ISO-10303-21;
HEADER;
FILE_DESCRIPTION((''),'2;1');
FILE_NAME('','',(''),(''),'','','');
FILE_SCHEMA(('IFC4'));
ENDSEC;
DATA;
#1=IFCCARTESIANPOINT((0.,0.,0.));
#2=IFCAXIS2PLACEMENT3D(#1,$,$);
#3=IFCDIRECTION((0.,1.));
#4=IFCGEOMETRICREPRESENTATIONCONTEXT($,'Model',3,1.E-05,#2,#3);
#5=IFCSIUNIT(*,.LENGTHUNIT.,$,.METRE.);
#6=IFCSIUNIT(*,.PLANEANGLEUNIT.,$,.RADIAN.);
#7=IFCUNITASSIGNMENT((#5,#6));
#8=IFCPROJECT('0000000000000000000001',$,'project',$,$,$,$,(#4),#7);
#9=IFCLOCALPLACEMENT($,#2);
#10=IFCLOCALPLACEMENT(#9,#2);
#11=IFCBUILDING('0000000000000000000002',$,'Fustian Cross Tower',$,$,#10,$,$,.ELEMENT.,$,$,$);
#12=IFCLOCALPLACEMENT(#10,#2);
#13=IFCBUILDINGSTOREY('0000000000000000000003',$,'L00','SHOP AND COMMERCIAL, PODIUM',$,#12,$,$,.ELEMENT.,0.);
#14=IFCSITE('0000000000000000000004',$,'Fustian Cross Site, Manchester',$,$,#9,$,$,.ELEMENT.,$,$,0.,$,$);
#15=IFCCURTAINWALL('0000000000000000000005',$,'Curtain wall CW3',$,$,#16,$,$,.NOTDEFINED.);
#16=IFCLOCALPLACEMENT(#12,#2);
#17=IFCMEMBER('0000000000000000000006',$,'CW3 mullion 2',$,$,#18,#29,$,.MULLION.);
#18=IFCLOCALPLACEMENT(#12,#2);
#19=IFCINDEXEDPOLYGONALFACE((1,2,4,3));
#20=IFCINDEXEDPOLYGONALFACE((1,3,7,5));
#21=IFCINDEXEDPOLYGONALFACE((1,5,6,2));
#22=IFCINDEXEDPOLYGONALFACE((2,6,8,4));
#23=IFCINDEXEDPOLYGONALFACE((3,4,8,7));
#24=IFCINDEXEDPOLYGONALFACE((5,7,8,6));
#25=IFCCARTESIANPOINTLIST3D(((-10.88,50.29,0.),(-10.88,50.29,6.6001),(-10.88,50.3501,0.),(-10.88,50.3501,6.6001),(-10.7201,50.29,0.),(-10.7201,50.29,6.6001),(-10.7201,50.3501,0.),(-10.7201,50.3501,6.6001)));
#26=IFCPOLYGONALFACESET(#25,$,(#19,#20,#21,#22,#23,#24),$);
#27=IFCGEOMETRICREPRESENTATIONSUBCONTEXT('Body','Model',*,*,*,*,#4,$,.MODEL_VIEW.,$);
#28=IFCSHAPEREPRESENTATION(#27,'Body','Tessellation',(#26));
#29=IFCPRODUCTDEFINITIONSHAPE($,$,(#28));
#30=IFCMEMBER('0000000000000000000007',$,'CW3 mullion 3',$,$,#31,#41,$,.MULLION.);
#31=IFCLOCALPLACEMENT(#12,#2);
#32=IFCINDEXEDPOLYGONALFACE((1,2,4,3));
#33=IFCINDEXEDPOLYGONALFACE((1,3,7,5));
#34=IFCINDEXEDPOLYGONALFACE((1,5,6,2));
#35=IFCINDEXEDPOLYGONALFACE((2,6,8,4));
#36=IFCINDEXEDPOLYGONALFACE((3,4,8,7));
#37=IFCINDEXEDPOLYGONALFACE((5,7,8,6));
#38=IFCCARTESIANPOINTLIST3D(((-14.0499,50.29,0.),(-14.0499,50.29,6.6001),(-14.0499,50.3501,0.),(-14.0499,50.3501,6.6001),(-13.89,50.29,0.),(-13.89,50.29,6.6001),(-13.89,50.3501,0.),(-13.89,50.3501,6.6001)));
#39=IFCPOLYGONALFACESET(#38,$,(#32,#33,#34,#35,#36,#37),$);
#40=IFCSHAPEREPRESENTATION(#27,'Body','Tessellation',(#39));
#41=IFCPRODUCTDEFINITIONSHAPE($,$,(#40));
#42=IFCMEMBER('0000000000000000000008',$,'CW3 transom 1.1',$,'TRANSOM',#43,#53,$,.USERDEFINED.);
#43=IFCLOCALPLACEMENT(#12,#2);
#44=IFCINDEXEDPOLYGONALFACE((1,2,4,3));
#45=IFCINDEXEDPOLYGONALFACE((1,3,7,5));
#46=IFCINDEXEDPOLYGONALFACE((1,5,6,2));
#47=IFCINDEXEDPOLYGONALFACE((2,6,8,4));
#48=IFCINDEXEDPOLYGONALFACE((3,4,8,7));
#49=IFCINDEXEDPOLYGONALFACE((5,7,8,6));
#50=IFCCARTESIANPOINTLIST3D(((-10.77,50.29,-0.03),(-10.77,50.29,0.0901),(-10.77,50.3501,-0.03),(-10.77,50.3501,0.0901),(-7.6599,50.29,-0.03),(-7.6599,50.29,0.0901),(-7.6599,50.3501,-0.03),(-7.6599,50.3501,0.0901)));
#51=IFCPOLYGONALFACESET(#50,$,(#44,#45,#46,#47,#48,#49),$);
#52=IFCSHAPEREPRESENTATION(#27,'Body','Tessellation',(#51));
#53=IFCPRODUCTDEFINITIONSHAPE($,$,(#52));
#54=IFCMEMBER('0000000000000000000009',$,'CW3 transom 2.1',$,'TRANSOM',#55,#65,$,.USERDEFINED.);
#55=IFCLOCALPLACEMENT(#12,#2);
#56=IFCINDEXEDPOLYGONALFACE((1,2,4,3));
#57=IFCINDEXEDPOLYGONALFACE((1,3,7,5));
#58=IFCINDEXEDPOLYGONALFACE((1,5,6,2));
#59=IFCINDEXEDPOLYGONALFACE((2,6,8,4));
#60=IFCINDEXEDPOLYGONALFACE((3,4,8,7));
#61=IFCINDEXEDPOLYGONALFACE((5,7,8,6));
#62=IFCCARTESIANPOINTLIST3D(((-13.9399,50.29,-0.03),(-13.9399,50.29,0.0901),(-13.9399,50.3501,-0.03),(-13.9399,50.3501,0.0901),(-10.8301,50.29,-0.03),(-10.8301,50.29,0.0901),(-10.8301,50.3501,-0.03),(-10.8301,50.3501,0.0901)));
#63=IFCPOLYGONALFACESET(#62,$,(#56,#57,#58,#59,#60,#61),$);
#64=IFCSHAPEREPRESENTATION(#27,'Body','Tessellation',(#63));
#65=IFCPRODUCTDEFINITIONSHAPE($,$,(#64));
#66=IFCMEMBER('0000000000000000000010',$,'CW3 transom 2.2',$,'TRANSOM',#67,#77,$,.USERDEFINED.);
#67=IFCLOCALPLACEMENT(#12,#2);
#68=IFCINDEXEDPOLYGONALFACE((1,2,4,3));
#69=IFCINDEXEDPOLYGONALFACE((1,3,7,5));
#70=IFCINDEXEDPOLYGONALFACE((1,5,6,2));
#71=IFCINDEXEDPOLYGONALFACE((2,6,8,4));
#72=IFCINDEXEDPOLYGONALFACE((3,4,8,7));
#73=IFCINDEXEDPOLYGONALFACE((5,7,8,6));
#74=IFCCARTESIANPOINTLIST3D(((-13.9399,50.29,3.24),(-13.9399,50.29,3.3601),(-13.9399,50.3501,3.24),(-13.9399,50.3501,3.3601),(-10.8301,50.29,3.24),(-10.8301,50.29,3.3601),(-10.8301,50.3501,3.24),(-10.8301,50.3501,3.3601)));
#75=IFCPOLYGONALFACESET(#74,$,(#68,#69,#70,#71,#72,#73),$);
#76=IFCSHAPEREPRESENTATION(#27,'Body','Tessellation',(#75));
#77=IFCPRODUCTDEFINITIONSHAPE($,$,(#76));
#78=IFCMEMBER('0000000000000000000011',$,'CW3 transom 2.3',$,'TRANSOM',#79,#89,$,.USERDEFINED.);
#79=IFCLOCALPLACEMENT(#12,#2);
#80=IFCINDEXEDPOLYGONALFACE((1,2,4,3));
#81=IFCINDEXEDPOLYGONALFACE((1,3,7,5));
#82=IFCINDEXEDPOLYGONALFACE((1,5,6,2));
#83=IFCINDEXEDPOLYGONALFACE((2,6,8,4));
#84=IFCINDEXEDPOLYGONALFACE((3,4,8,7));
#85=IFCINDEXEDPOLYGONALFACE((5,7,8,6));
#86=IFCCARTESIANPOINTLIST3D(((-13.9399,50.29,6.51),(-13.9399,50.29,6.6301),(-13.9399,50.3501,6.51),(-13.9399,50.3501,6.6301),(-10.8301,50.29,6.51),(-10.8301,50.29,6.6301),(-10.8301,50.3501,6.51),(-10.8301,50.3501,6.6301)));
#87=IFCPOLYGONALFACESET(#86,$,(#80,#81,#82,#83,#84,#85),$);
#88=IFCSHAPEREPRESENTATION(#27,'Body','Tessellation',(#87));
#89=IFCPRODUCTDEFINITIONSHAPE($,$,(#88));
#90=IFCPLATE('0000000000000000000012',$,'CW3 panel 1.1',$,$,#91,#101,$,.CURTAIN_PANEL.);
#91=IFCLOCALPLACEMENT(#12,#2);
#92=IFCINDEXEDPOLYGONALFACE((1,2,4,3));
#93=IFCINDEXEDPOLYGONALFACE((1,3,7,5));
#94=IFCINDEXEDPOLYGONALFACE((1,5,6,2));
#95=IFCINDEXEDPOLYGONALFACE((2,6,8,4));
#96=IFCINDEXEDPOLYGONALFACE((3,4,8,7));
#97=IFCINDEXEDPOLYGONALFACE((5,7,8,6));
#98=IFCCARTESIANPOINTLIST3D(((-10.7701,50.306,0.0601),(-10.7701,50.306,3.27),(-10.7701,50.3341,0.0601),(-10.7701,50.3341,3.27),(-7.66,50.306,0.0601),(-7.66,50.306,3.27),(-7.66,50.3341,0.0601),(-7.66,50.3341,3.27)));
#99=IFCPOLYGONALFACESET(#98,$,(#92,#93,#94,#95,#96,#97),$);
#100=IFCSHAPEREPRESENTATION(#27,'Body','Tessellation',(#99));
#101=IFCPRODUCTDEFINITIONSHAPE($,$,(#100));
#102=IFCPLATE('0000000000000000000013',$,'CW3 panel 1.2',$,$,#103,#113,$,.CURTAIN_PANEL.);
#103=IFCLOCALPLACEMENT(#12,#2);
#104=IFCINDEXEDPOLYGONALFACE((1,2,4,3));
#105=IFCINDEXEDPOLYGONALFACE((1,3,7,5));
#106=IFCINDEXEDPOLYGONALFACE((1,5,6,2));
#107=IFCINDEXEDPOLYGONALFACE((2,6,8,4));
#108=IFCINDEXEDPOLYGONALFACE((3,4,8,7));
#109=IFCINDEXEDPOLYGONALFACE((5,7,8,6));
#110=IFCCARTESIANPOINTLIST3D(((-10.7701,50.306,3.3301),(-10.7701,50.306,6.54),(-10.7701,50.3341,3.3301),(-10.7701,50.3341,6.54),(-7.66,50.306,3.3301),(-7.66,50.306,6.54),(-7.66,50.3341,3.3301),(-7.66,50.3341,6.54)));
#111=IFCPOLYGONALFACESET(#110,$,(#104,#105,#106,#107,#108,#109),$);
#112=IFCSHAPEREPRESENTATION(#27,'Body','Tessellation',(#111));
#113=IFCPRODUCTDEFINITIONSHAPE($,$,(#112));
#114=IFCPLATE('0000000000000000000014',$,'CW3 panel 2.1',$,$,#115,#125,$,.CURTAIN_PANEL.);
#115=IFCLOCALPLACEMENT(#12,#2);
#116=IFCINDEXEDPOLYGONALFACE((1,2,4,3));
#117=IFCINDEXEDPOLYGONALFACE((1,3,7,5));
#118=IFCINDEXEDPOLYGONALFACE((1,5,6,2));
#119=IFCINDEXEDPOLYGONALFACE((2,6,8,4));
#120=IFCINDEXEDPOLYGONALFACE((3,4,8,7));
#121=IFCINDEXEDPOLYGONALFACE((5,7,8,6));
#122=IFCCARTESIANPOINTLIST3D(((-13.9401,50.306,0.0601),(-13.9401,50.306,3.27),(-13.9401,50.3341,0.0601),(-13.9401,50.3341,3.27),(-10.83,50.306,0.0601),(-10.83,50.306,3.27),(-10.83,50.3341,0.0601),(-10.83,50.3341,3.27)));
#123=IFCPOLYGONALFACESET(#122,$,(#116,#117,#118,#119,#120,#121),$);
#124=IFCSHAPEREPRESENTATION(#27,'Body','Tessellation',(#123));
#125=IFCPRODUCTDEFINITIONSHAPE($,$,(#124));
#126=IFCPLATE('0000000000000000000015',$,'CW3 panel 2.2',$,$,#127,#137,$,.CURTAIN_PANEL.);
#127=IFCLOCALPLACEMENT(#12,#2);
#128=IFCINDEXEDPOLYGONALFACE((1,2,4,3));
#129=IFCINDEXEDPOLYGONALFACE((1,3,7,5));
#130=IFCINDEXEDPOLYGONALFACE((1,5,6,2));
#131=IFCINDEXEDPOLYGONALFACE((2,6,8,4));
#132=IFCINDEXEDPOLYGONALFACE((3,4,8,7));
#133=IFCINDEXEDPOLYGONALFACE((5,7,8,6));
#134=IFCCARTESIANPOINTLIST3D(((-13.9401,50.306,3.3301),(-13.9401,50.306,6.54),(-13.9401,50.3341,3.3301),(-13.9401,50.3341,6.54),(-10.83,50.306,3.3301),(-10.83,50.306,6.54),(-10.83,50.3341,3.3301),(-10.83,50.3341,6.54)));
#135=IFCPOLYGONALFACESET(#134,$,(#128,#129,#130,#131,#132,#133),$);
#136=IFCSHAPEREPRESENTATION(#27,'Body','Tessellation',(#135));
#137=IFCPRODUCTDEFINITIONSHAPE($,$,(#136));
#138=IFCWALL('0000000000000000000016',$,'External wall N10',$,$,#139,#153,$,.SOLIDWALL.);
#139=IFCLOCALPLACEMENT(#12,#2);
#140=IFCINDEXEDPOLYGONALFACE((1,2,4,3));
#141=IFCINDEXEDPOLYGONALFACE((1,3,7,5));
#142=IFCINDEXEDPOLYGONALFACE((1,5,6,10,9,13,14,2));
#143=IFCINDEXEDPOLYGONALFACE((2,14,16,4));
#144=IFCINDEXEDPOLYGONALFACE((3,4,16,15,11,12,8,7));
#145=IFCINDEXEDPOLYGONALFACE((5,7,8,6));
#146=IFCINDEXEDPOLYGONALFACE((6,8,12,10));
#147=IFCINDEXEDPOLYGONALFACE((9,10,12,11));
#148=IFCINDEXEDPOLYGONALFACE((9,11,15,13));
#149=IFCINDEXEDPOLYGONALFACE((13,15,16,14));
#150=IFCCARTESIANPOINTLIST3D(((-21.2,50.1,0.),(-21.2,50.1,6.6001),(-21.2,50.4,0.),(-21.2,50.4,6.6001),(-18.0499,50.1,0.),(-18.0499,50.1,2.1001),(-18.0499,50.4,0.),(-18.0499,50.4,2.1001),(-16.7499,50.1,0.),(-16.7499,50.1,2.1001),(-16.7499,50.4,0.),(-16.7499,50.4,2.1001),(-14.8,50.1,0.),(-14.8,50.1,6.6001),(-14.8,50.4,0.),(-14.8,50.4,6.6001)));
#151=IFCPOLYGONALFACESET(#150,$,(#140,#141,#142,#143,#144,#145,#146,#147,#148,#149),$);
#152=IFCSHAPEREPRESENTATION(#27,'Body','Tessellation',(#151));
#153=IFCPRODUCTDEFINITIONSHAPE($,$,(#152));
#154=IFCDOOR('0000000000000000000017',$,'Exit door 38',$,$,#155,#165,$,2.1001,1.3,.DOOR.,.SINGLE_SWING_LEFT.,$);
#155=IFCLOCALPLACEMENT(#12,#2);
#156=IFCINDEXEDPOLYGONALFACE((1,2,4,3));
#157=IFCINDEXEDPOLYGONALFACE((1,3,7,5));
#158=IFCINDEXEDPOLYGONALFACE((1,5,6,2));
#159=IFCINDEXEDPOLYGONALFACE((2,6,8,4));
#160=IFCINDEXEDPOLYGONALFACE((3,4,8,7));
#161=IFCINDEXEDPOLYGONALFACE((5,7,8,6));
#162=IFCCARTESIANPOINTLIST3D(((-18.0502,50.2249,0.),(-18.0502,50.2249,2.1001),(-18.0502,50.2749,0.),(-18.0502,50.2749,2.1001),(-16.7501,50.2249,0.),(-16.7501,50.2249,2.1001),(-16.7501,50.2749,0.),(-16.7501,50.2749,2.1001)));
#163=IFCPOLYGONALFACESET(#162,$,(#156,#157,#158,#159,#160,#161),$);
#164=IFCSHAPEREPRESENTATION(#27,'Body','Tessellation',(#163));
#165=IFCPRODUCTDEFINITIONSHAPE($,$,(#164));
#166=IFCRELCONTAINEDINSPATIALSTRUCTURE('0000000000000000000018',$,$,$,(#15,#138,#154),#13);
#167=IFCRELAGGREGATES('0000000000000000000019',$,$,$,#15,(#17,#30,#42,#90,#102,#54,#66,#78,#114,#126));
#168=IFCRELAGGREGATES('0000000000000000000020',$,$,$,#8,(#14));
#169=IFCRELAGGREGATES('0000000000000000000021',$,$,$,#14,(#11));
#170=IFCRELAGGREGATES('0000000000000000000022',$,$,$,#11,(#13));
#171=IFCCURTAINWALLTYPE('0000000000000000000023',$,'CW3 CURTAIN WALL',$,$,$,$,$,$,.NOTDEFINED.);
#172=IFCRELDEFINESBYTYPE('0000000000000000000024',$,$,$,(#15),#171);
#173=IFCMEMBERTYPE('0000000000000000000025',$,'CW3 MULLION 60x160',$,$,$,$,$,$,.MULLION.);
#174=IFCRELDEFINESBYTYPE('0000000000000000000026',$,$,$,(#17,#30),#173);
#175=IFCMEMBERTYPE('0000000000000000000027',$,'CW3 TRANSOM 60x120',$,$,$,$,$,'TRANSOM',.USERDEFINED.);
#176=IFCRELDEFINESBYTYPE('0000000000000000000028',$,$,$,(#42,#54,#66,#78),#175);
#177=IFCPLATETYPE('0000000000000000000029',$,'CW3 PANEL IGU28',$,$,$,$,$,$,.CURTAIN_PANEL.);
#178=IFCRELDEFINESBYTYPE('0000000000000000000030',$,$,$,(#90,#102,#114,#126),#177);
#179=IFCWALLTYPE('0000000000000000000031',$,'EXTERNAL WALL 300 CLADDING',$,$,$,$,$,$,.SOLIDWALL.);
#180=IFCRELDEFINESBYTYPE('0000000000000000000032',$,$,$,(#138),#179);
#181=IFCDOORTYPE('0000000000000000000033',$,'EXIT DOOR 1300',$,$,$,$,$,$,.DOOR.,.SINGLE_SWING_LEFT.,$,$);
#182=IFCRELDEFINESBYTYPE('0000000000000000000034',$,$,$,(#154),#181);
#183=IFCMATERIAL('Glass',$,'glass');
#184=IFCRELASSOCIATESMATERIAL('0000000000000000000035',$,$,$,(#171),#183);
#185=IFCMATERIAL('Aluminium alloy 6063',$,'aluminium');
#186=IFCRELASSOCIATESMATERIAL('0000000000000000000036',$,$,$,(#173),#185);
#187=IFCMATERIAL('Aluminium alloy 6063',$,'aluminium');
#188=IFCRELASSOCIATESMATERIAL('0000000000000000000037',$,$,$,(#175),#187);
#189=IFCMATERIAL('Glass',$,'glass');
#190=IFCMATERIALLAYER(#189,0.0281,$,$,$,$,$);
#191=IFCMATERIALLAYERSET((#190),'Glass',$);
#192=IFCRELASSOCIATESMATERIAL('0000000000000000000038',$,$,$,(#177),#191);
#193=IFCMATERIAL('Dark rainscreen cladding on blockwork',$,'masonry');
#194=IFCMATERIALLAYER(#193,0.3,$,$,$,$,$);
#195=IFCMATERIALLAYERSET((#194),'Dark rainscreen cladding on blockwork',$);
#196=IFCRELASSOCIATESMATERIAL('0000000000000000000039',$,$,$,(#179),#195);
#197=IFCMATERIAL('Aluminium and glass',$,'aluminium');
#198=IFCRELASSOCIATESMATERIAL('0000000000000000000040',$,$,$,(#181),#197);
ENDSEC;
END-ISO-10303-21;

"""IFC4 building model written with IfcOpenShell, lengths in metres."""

from ifc_helpers import new_model, si_unit, direction, frame, frame_2d, origin, origin_2d, place, context, subcontext, project, spatial, rectangle, extrude, material, layer, layer_set, material_profile, profile_set, type_object, element, fill, aggregate, save


model = new_model("IFC4")

# Units and contexts
model_context = context("Model", 3, precision=1e-05, world=origin(), true_north=direction((0.0, 1.0)))
body_context = subcontext(model_context, "Body", "Model", "MODEL_VIEW")
ifc_project = project(units=[si_unit("LENGTHUNIT", "METRE"), si_unit("PLANEANGLEUNIT", "RADIAN")], contexts=[model_context])

# Site, building, storey
site_placement = place(None, origin())
site = spatial("IfcSite", under=ifc_project, at=site_placement, Name="Fustian Cross Site, Manchester", CompositionType="ELEMENT", RefElevation=0.0)
building_placement = place(site_placement, origin())
building = spatial("IfcBuilding", under=site, at=building_placement, Name="Fustian Cross Tower", CompositionType="ELEMENT")
storey_placement = place(building_placement, origin())
storey = spatial("IfcBuildingStorey", under=building, at=storey_placement, Name="L00", Description="SHOP AND COMMERCIAL, PODIUM", CompositionType="ELEMENT", Elevation=0.0)

# Curtain wall, members, plates
ifc_material_1 = material(Name="Glass", Category="glass")
curtain_wall_type = type_object("IfcCurtainWallType", Name="CW3 CURTAIN WALL", PredefinedType="NOTDEFINED", material=ifc_material_1)
curtain_wall_placement = place(storey_placement, origin())
curtain_wall = element("IfcCurtainWall", 1, at=curtain_wall_placement, inside=storey, type_object=curtain_wall_type, Name="Curtain wall CW3", PredefinedType="NOTDEFINED")
ifc_material_2 = material(Name="Aluminium alloy 6063", Category="aluminium")
ifc_material_profile_1 = material_profile(ifc_material_2, rectangle(XDim=0.0601, YDim=0.1599, at=origin_2d()), Name="CW3 MULLION 60x160")
ifc_profile_set_1 = profile_set([ifc_material_profile_1], Name="Aluminium alloy 6063")
member_type_1 = type_object("IfcMemberType", Name="CW3 MULLION 60x160", PredefinedType="MULLION", material=ifc_profile_set_1)
member_1_placement = place(storey_placement, frame((-10.8, 50.3201, 0.0), z_axis=(0.0, 0.0, 1.0), x_axis=(0.0, -1.0, 0.0)))
member_1 = element("IfcMember", 2, at=member_1_placement, type_object=member_type_1, Name="CW3 mullion 2", PredefinedType="MULLION", context=body_context, shape_type="SweptSolid", body=[
    extrude(rectangle(XDim=0.0601, YDim=0.1599, at=origin_2d()), origin(), (0.0, 0.0, 1.0), 6.6001),
])
member_2_placement = place(storey_placement, frame((-13.97, 50.3201, 0.0), z_axis=(0.0, 0.0, 1.0), x_axis=(0.0, -1.0, 0.0)))
member_2 = element("IfcMember", 3, at=member_2_placement, type_object=member_type_1, Name="CW3 mullion 3", PredefinedType="MULLION", context=body_context, shape_type="SweptSolid", body=[
    extrude(rectangle(XDim=0.0601, YDim=0.1599, at=origin_2d()), origin(), (0.0, 0.0, 1.0), 6.6001),
])
ifc_material_3 = material(Name="Aluminium alloy 6063", Category="aluminium")
ifc_material_profile_2 = material_profile(ifc_material_3, rectangle(XDim=0.0601, YDim=0.1201, at=origin_2d()), Name="CW3 TRANSOM 60x120")
ifc_profile_set_2 = profile_set([ifc_material_profile_2], Name="Aluminium alloy 6063")
member_type_2 = type_object("IfcMemberType", Name="CW3 TRANSOM 60x120", ElementType="TRANSOM", PredefinedType="USERDEFINED", material=ifc_profile_set_2)
member_3_placement = place(storey_placement, frame((-7.6599, 50.3201, 0.03), z_axis=(-1.0, 0.0, 0.0), x_axis=(0.0, -1.0, 0.0)))
member_3 = element("IfcMember", 4, at=member_3_placement, type_object=member_type_2, Name="CW3 transom 1.1", ObjectType="TRANSOM", PredefinedType="USERDEFINED", context=body_context, shape_type="SweptSolid", body=[
    extrude(rectangle(XDim=0.0601, YDim=0.1201, at=origin_2d()), origin(), (0.0, 0.0, 1.0), 3.1101),
])
member_4_placement = place(storey_placement, frame((-10.8301, 50.3201, 0.03), z_axis=(-1.0, 0.0, 0.0), x_axis=(0.0, -1.0, 0.0)))
member_4 = element("IfcMember", 5, at=member_4_placement, type_object=member_type_2, Name="CW3 transom 2.1", ObjectType="TRANSOM", PredefinedType="USERDEFINED", context=body_context, shape_type="SweptSolid", body=[
    extrude(rectangle(XDim=0.0601, YDim=0.1201, at=origin_2d()), origin(), (0.0, 0.0, 1.0), 3.1099),
])
member_5_placement = place(storey_placement, frame((-10.8301, 50.3201, 3.3), z_axis=(-1.0, 0.0, 0.0), x_axis=(0.0, -1.0, 0.0)))
member_5 = element("IfcMember", 6, at=member_5_placement, type_object=member_type_2, Name="CW3 transom 2.2", ObjectType="TRANSOM", PredefinedType="USERDEFINED", context=body_context, shape_type="SweptSolid", body=[
    extrude(rectangle(XDim=0.0601, YDim=0.1201, at=origin_2d()), origin(), (0.0, 0.0, 1.0), 3.1099),
])
member_6_placement = place(storey_placement, frame((-10.8301, 50.3201, 6.5701), z_axis=(-1.0, 0.0, 0.0), x_axis=(0.0, -1.0, 0.0)))
member_6 = element("IfcMember", 7, at=member_6_placement, type_object=member_type_2, Name="CW3 transom 2.3", ObjectType="TRANSOM", PredefinedType="USERDEFINED", context=body_context, shape_type="SweptSolid", body=[
    extrude(rectangle(XDim=0.0601, YDim=0.1201, at=origin_2d()), origin(), (0.0, 0.0, 1.0), 3.1099),
])
ifc_material_4 = material(Name="Glass", Category="glass")
ifc_layer_1 = layer(ifc_material_4, 0.0281)
ifc_layer_set_1 = layer_set([ifc_layer_1], Name="Glass")
plate_type = type_object("IfcPlateType", Name="CW3 PANEL IGU28", PredefinedType="CURTAIN_PANEL", material=ifc_layer_set_1)
plate_1_placement = place(storey_placement, frame((-9.2151, 50.3201, 0.0601), z_axis=(0.0, 0.0, 1.0), x_axis=(-1.0, 0.0, 0.0)))
plate_1 = element("IfcPlate", 8, at=plate_1_placement, type_object=plate_type, Name="CW3 panel 1.1", PredefinedType="CURTAIN_PANEL", context=body_context, shape_type="SweptSolid", body=[
    extrude(rectangle(XDim=3.1101, YDim=0.0281, at=origin_2d()), origin(), (0.0, 0.0, 1.0), 3.21),
])
plate_2_placement = place(storey_placement, frame((-9.2151, 50.3201, 3.3301), z_axis=(0.0, 0.0, 1.0), x_axis=(-1.0, 0.0, 0.0)))
plate_2 = element("IfcPlate", 9, at=plate_2_placement, type_object=plate_type, Name="CW3 panel 1.2", PredefinedType="CURTAIN_PANEL", context=body_context, shape_type="SweptSolid", body=[
    extrude(rectangle(XDim=3.1101, YDim=0.0281, at=origin_2d()), origin(), (0.0, 0.0, 1.0), 3.21),
])
plate_3_placement = place(storey_placement, frame((-12.385, 50.3201, 0.0601), z_axis=(0.0, 0.0, 1.0), x_axis=(-1.0, 0.0, 0.0)))
plate_3 = element("IfcPlate", 10, at=plate_3_placement, type_object=plate_type, Name="CW3 panel 2.1", PredefinedType="CURTAIN_PANEL", context=body_context, shape_type="SweptSolid", body=[
    extrude(rectangle(XDim=3.1101, YDim=0.0281, at=origin_2d()), origin(), (0.0, 0.0, 1.0), 3.21),
])
plate_4_placement = place(storey_placement, frame((-12.385, 50.3201, 3.3301), z_axis=(0.0, 0.0, 1.0), x_axis=(-1.0, 0.0, 0.0)))
plate_4 = element("IfcPlate", 11, at=plate_4_placement, type_object=plate_type, Name="CW3 panel 2.2", PredefinedType="CURTAIN_PANEL", context=body_context, shape_type="SweptSolid", body=[
    extrude(rectangle(XDim=3.1101, YDim=0.0281, at=origin_2d()), origin(), (0.0, 0.0, 1.0), 3.21),
])
aggregate(curtain_wall, [member_1, member_2, member_3, plate_1, plate_2, member_4, member_5, member_6, plate_3, plate_4])

# Wall, opening, door
ifc_material_5 = material(Name="Dark rainscreen cladding on blockwork", Category="masonry")
ifc_layer_2 = layer(ifc_material_5, 0.3)
ifc_layer_set_2 = layer_set([ifc_layer_2], Name="Dark rainscreen cladding on blockwork")
wall_type = type_object("IfcWallType", Name="EXTERNAL WALL 300 CLADDING", PredefinedType="SOLIDWALL", material=ifc_layer_set_2)
wall_placement = place(storey_placement, frame((-14.8, 50.25, 0.0), z_axis=(0.0, 0.0, 1.0), x_axis=(-1.0, 0.0, 0.0)))
wall = element("IfcWall", 12, at=wall_placement, inside=storey, type_object=wall_type, Name="External wall N10", PredefinedType="SOLIDWALL", context=body_context, shape_type="SweptSolid", body=[
    extrude(rectangle(XDim=6.3999, YDim=0.3, at=frame_2d((3.2, 0.0))), origin(), (0.0, 0.0, 1.0), 6.6001),
])
opening_placement = place(wall_placement, frame((1.95, 0.0, 0.0)))
opening = element("IfcOpeningElement", 13, at=opening_placement, cuts=wall, PredefinedType="OPENING", context=body_context, shape_type="SweptSolid", body=[
    extrude(rectangle(XDim=1.3, YDim=2.1001, at=frame_2d((0.6499, 1.05))), frame((0.0, 0.1599, 0.0), z_axis=(0.0, -1.0, 0.0), x_axis=(1.0, 0.0, 0.0)), (0.0, 0.0, 1.0), 0.3201),
])
ifc_material_6 = material(Name="Aluminium and glass", Category="aluminium")
door_type = type_object("IfcDoorType", Name="EXIT DOOR 1300", OperationType="SINGLE_SWING_LEFT", PredefinedType="DOOR", material=ifc_material_6)
door_placement = place(opening_placement, frame((1.3, 0.0, 0.0), z_axis=(0.0, 0.0, 1.0), x_axis=(-1.0, 0.0, 0.0)))
door = element("IfcDoor", 14, at=door_placement, inside=storey, type_object=door_type, Name="Exit door 38", OperationType="SINGLE_SWING_LEFT", OverallHeight=2.1001, OverallWidth=1.3, PredefinedType="DOOR", context=body_context, shape_type="SweptSolid", body=[
    extrude(rectangle(XDim=1.3, YDim=2.1001, at=frame_2d((0.6499, 1.05))), frame((0.0, 0.0249, 0.0), z_axis=(0.0, -1.0, 0.0), x_axis=(1.0, 0.0, 0.0)), (0.0, 0.0, 1.0), 0.05),
])
fill(opening, door)

save(model, "model.ifc")
